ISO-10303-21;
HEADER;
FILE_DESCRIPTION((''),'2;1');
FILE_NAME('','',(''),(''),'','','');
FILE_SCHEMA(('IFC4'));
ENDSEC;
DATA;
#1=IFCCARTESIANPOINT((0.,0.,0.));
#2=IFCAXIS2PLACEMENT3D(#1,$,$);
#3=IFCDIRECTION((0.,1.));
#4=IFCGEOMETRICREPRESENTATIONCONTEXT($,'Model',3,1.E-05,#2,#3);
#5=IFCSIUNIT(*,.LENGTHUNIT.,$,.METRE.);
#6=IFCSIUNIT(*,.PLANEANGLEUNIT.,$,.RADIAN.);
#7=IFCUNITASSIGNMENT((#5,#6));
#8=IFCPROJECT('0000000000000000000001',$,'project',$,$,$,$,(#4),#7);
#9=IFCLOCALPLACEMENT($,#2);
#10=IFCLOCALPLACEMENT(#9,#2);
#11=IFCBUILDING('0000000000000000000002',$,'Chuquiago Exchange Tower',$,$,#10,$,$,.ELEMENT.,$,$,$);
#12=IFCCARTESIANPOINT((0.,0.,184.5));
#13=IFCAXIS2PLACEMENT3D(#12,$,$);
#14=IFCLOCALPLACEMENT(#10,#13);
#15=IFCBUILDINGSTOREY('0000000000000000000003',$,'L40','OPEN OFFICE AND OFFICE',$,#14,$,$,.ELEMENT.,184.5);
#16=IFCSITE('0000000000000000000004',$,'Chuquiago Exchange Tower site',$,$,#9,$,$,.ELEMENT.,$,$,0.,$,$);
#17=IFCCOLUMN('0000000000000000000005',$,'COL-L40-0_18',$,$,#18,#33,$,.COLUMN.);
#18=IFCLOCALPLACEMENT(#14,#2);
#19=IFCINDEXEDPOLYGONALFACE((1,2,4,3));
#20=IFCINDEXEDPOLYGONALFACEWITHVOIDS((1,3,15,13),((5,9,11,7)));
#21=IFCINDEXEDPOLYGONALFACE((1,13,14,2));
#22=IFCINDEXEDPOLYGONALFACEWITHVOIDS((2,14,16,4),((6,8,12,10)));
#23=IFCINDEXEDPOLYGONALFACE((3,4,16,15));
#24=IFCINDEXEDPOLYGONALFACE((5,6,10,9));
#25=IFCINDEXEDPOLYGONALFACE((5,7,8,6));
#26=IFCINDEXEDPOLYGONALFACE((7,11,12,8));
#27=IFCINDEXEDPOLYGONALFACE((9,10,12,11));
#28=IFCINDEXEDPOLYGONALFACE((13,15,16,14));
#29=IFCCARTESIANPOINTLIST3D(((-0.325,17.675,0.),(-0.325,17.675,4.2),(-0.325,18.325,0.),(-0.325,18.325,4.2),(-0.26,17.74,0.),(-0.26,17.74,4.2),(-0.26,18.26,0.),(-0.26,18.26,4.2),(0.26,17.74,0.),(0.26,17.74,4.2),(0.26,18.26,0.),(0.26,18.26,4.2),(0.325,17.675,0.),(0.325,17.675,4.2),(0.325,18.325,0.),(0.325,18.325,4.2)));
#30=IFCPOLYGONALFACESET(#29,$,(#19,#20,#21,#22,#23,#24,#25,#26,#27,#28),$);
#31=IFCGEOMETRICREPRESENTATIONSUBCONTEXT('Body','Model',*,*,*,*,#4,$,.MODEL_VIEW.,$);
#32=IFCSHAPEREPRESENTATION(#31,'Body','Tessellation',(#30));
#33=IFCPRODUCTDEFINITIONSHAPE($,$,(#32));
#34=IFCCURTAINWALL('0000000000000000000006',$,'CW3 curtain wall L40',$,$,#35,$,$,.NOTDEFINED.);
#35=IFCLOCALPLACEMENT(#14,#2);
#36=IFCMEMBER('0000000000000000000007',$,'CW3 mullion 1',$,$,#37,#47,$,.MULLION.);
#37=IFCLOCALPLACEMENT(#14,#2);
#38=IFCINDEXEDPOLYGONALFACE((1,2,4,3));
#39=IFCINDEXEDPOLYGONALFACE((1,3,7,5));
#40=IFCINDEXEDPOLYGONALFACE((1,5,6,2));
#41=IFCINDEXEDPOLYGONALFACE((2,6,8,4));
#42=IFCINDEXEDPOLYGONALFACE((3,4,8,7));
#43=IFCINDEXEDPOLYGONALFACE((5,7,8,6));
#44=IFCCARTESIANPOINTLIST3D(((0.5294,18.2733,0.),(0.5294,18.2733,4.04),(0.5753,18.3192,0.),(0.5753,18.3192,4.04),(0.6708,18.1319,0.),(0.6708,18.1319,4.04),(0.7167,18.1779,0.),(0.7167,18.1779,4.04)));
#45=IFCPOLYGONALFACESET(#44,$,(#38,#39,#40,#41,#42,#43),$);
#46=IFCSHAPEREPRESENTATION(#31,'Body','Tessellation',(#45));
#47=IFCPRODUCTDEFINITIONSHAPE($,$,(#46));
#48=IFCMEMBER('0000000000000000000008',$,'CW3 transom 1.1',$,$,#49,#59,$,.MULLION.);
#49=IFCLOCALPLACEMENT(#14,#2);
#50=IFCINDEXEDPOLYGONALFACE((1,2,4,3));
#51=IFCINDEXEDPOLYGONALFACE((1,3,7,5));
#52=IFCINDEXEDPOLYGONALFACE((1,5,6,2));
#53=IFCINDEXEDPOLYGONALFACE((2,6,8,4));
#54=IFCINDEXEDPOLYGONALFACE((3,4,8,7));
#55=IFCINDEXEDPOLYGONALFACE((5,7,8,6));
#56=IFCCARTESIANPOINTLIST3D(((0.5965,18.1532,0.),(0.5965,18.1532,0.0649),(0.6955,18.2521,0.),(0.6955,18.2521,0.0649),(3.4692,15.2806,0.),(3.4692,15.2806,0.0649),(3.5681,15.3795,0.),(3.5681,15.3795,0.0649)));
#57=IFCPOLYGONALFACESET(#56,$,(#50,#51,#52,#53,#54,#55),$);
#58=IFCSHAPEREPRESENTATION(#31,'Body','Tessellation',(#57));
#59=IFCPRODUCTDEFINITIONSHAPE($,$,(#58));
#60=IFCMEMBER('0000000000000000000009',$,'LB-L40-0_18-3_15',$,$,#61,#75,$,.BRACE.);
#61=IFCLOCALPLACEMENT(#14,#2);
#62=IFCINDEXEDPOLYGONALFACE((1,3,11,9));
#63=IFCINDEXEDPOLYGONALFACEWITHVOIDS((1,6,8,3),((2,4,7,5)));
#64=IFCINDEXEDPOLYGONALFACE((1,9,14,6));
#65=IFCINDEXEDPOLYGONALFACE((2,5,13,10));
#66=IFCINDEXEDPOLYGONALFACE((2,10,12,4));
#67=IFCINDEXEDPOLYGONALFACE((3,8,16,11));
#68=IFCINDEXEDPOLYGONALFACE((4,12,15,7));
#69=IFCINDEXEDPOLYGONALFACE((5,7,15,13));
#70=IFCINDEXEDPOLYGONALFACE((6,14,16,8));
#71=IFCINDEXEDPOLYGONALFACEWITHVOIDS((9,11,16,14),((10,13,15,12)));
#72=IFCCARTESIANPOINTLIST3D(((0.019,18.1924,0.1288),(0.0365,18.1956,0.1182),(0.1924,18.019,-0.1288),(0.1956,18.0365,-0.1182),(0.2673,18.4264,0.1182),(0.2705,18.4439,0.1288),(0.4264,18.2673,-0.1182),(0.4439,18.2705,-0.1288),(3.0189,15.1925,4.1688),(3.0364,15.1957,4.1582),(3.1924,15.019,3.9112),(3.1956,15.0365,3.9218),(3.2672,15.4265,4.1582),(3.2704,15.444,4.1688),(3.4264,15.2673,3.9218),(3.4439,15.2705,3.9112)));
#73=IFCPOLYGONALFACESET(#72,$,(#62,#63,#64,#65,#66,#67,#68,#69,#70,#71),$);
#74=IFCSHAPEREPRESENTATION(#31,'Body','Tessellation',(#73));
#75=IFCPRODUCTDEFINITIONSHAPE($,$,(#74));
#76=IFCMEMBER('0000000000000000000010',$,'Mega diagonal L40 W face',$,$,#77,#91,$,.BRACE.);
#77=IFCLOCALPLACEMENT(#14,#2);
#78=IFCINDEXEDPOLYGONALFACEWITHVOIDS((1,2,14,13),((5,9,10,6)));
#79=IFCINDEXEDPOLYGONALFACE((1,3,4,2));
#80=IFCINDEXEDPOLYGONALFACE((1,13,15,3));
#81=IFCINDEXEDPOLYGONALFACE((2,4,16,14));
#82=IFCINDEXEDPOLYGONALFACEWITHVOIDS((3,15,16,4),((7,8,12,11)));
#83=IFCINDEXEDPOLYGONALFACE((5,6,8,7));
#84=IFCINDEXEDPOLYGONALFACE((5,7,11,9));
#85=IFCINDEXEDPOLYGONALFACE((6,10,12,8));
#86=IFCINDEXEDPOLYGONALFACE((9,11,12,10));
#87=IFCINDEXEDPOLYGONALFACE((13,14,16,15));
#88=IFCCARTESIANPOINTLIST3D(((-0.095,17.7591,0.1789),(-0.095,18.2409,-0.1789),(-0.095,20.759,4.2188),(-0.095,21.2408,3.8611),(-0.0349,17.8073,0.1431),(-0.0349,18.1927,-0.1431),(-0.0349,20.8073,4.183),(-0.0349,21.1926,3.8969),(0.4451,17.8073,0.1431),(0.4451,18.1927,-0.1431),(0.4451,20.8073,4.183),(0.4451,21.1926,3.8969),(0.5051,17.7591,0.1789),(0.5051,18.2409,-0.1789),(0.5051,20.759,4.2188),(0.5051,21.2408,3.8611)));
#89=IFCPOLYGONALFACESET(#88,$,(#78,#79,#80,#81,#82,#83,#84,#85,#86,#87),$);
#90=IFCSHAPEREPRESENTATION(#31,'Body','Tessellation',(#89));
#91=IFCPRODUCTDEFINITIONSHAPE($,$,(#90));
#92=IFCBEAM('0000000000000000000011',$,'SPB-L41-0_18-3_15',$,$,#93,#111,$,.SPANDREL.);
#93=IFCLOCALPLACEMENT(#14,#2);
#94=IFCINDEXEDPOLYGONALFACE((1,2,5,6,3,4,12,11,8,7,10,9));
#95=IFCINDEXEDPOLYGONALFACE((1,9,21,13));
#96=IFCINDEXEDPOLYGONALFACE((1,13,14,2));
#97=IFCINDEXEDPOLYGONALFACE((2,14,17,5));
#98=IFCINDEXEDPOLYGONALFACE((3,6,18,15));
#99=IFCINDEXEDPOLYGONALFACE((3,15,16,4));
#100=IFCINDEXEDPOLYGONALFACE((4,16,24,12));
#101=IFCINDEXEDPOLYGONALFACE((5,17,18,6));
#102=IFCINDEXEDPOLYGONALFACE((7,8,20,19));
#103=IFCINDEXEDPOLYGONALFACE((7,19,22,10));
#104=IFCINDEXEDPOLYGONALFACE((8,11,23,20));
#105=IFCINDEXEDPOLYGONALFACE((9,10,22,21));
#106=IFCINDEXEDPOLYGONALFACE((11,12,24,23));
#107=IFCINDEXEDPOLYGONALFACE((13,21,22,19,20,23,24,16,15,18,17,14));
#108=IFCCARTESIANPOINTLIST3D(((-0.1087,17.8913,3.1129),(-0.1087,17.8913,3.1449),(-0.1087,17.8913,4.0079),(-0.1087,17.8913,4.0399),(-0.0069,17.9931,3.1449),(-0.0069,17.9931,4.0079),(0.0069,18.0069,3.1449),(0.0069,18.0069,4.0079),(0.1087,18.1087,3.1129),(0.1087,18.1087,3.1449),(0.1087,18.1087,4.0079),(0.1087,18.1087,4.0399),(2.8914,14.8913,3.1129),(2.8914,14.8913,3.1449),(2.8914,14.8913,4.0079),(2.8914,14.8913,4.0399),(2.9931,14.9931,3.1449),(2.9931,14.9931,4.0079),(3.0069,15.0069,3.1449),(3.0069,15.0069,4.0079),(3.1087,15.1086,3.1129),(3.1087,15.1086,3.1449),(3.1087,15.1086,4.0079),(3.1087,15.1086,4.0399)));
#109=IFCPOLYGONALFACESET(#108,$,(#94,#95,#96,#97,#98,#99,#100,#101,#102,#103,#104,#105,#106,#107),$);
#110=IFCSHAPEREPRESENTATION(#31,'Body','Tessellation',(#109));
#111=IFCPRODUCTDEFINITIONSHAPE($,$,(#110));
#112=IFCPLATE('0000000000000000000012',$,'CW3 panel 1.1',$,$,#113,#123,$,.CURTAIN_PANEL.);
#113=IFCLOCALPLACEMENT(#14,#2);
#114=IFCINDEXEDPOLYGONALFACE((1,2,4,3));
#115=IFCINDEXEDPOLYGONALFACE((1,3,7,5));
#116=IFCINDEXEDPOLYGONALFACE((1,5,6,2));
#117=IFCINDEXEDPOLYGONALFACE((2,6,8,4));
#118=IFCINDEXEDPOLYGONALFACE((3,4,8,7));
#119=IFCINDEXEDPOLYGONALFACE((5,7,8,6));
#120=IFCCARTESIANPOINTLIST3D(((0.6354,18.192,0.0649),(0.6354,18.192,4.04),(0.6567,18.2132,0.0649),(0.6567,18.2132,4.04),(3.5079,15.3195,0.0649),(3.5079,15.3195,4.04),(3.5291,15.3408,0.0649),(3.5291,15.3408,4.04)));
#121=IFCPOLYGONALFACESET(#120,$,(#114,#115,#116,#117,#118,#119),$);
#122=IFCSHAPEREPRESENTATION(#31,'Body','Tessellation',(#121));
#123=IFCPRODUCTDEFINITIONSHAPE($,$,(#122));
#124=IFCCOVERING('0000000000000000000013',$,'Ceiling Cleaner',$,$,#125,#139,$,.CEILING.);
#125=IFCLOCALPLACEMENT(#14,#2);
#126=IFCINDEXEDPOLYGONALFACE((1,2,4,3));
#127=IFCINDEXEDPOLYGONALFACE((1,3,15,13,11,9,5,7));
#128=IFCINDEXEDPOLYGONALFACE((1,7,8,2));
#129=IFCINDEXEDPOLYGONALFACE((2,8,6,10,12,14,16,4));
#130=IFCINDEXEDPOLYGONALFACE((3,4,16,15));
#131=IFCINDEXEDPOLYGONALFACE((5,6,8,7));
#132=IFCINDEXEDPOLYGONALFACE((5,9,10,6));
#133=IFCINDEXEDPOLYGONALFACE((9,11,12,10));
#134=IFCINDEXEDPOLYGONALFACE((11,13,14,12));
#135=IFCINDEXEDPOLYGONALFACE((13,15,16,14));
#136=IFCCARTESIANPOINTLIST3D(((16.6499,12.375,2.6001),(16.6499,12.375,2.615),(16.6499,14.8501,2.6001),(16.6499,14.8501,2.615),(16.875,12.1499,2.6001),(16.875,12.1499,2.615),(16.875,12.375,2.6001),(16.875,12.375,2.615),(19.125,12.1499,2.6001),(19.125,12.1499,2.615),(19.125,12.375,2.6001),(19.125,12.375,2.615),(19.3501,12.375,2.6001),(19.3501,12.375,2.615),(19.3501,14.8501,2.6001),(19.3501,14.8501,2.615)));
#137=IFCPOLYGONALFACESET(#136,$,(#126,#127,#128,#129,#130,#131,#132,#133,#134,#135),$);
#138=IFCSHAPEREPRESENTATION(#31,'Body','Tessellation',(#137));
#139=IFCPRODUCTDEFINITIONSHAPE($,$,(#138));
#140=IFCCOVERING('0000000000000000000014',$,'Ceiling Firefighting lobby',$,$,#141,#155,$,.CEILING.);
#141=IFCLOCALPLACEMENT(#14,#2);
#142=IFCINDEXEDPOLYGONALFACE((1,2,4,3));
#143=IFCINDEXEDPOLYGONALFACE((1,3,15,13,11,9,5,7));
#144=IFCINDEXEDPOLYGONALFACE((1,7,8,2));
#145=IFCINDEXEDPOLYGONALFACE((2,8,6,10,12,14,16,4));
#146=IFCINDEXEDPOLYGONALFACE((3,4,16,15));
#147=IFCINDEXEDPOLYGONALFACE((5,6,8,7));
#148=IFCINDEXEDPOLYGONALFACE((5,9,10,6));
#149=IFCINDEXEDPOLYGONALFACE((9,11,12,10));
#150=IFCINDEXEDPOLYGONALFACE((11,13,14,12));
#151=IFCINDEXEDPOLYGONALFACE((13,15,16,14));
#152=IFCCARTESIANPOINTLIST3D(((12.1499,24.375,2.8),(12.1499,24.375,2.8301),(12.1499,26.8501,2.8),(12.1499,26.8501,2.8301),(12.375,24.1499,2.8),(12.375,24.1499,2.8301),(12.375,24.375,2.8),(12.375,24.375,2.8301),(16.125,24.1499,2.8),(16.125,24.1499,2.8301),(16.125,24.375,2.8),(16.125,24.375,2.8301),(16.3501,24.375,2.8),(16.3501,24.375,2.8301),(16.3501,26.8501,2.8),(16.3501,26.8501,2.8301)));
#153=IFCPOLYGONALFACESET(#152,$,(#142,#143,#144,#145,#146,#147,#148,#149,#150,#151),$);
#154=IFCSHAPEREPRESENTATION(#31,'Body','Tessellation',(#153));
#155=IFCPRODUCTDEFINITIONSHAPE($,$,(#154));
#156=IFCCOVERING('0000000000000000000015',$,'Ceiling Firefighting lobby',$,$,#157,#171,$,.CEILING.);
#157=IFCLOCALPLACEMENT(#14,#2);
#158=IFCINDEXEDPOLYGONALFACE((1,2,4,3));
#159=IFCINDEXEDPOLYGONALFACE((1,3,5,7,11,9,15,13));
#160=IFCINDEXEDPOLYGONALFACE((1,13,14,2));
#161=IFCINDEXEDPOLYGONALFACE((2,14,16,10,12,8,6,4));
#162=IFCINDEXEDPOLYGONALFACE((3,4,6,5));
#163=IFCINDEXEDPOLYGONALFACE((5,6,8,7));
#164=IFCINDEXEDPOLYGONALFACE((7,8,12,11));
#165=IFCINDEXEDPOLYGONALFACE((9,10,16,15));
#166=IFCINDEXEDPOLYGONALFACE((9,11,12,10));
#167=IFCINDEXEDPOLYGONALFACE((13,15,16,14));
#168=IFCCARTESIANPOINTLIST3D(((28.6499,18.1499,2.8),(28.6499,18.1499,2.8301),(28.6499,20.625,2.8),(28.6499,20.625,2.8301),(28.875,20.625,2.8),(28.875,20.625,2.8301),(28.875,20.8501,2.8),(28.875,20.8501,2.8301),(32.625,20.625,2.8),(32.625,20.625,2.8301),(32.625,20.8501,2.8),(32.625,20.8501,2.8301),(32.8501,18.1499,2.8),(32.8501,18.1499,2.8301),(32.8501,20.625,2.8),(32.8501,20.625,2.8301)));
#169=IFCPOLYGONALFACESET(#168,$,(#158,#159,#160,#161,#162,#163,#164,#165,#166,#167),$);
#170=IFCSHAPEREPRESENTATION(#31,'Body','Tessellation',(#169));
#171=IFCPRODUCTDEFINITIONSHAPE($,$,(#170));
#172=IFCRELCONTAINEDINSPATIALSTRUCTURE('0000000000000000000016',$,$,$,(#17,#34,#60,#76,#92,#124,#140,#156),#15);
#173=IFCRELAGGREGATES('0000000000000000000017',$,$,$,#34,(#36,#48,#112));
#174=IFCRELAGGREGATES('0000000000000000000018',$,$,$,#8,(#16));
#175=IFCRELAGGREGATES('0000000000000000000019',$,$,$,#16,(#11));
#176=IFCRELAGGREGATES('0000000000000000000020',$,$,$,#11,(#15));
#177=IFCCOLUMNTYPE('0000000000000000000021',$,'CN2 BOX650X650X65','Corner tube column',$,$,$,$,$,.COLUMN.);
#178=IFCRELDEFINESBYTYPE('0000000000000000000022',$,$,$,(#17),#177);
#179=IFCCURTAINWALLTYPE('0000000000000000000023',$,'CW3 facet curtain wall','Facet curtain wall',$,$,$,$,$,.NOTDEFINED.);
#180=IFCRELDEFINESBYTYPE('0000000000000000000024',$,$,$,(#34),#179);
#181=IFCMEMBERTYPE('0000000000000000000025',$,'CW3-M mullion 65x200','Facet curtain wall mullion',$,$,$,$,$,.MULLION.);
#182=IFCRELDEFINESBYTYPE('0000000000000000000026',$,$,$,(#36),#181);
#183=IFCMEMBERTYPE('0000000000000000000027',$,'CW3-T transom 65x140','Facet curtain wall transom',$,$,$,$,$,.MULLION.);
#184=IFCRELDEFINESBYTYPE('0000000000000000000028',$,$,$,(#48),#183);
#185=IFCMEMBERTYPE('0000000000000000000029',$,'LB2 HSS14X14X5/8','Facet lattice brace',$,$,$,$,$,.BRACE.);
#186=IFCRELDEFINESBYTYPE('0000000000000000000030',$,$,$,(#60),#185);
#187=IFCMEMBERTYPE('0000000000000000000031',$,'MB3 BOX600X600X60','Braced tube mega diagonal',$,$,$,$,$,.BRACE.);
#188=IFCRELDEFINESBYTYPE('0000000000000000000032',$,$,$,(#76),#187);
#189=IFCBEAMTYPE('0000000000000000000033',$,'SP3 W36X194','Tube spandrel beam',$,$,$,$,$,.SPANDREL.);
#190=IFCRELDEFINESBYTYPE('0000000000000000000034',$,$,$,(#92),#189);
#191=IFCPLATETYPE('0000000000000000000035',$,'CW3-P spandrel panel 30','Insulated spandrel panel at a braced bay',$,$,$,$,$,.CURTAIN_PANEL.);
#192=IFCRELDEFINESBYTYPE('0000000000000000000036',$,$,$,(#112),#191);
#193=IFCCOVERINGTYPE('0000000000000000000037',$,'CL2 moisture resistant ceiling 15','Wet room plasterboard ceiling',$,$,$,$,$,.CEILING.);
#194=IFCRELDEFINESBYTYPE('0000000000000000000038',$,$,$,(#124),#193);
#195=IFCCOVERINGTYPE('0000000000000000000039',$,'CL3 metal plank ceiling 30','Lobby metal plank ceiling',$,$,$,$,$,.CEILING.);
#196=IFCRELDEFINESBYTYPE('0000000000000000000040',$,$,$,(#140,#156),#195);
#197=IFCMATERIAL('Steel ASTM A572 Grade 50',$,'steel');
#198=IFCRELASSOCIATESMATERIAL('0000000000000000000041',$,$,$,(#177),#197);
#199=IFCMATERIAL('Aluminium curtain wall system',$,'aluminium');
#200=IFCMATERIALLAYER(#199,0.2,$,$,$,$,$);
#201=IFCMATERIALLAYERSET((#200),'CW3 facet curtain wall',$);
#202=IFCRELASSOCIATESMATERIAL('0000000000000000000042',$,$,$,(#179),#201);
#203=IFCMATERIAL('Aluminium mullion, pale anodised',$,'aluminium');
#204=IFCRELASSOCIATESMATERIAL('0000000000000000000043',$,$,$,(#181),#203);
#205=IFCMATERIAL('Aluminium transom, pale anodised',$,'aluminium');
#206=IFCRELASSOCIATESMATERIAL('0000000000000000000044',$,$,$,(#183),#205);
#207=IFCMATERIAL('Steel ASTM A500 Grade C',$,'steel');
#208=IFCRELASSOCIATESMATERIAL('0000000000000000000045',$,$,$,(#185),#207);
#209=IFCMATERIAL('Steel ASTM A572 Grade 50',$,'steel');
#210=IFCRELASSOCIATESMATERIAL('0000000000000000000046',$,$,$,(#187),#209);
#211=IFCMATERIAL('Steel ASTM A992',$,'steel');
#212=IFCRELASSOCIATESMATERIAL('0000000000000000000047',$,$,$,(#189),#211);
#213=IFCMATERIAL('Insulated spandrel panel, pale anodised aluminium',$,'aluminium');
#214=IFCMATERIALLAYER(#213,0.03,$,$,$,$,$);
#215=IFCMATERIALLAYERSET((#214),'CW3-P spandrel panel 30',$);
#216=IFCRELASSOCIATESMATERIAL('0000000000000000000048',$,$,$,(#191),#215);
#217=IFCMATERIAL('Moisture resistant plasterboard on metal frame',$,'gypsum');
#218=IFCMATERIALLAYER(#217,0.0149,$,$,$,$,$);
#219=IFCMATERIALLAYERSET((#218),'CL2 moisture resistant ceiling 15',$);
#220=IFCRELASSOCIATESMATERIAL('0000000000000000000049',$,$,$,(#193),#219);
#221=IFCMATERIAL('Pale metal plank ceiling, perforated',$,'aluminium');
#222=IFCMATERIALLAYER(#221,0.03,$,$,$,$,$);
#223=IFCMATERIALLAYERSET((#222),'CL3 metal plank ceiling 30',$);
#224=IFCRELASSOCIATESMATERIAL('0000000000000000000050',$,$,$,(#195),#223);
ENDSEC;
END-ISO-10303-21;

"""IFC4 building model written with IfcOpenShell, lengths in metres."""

from ifc_helpers import new_model, si_unit, direction, frame, origin, origin_2d, place, context, subcontext, project, spatial, polyline, rectangle, hollow_rectangle, i_section, outline, extrude, material, layer, layer_set, material_profile, profile_set, type_object, element, aggregate, save


model = new_model("IFC4")

# Units and contexts
model_context = context("Model", 3, precision=1e-05, world=origin(), true_north=direction((0.0, 1.0)))
body_context = subcontext(model_context, "Body", "Model", "MODEL_VIEW")
ifc_project = project(units=[si_unit("LENGTHUNIT", "METRE"), si_unit("PLANEANGLEUNIT", "RADIAN")], contexts=[model_context])

# Site, building, storey
site_placement = place(None, origin())
site = spatial("IfcSite", under=ifc_project, at=site_placement, Name="Chuquiago Exchange Tower site", CompositionType="ELEMENT", RefElevation=0.0)
building_placement = place(site_placement, origin())
building = spatial("IfcBuilding", under=site, at=building_placement, Name="Chuquiago Exchange Tower", CompositionType="ELEMENT")
storey_placement = place(building_placement, frame((0.0, 0.0, 184.5)))
storey = spatial("IfcBuildingStorey", under=building, at=storey_placement, Name="L40", Description="OPEN OFFICE AND OFFICE", CompositionType="ELEMENT", Elevation=184.5)

# Column
ifc_material_1 = material(Name="Steel ASTM A572 Grade 50", Category="steel")
ifc_material_profile_1 = material_profile(ifc_material_1, hollow_rectangle(XDim=0.6499, YDim=0.6499, WallThickness=0.0649, at=origin_2d()), Name="BOX650X650X65")
ifc_profile_set_1 = profile_set([ifc_material_profile_1], Name="Steel ASTM A572 Grade 50")
column_type = type_object("IfcColumnType", Name="CN2 BOX650X650X65", Description="Corner tube column", PredefinedType="COLUMN", material=ifc_profile_set_1)
column_placement = place(storey_placement, frame((0.0, 18.0, 0.0), z_axis=(0.0, 0.0, 1.0), x_axis=(-1.0, 0.0, 0.0)))
element("IfcColumn", 1, at=column_placement, inside=storey, type_object=column_type, Name="COL-L40-0_18", PredefinedType="COLUMN", context=body_context, shape_type="SweptSolid", body=[
    extrude(hollow_rectangle(XDim=0.6499, YDim=0.6499, WallThickness=0.0649, at=origin_2d()), origin(), (0.0, 0.0, 1.0), 4.2),
])

# Curtain wall, members
ifc_material_2 = material(Name="Aluminium curtain wall system", Category="aluminium")
ifc_layer_1 = layer(ifc_material_2, 0.2)
ifc_layer_set_1 = layer_set([ifc_layer_1], Name="CW3 facet curtain wall")
curtain_wall_type = type_object("IfcCurtainWallType", Name="CW3 facet curtain wall", Description="Facet curtain wall", PredefinedType="NOTDEFINED", material=ifc_layer_set_1)
curtain_wall_placement = place(storey_placement, origin())
curtain_wall = element("IfcCurtainWall", 2, at=curtain_wall_placement, inside=storey, type_object=curtain_wall_type, Name="CW3 curtain wall L40", PredefinedType="NOTDEFINED")
ifc_material_3 = material(Name="Aluminium mullion, pale anodised", Category="aluminium")
ifc_material_profile_2 = material_profile(ifc_material_3, rectangle(XDim=0.0649, YDim=0.2, at=origin_2d()), Name="AL 65x200")
ifc_profile_set_2 = profile_set([ifc_material_profile_2], Name="Aluminium mullion, pale anodised")
member_type_1 = type_object("IfcMemberType", Name="CW3-M mullion 65x200", Description="Facet curtain wall mullion", PredefinedType="MULLION", material=ifc_profile_set_2)
member_1_placement = place(storey_placement, frame((0.623, 18.2256, 0.0), z_axis=(0.0, 0.0, 1.0), x_axis=(0.707107, 0.707107, 0.0)))
member_1 = element("IfcMember", 3, at=member_1_placement, type_object=member_type_1, Name="CW3 mullion 1", PredefinedType="MULLION", context=body_context, shape_type="SweptSolid", body=[
    extrude(rectangle(XDim=0.0649, YDim=0.2, at=origin_2d()), origin(), (0.0, 0.0, 1.0), 4.04),
])
ifc_material_4 = material(Name="Aluminium transom, pale anodised", Category="aluminium")
ifc_material_profile_3 = material_profile(ifc_material_4, rectangle(XDim=0.1399, YDim=0.0649, at=origin_2d()), Name="AL 140x65")
ifc_profile_set_3 = profile_set([ifc_material_profile_3], Name="Aluminium transom, pale anodised")
member_type_2 = type_object("IfcMemberType", Name="CW3-T transom 65x140", Description="Facet curtain wall transom", PredefinedType="MULLION", material=ifc_profile_set_3)
member_2_placement = place(storey_placement, frame((0.646, 18.2026, 0.0325), z_axis=(0.707107, -0.707107, 0.0), x_axis=(0.707107, 0.707107, 0.0)))
member_2 = element("IfcMember", 4, at=member_2_placement, type_object=member_type_2, Name="CW3 transom 1.1", PredefinedType="MULLION", context=body_context, shape_type="SweptSolid", body=[
    extrude(rectangle(XDim=0.1399, YDim=0.0649, at=origin_2d()), origin(), (0.0, 0.0, 1.0), 4.0625),
])

# Members
ifc_material_5 = material(Name="Steel ASTM A500 Grade C", Category="steel")
ifc_material_profile_4 = material_profile(ifc_material_5, hollow_rectangle(XDim=0.3557, YDim=0.3557, WallThickness=0.0146, at=origin_2d()), Name="HSS14X14X5/8")
ifc_profile_set_4 = profile_set([ifc_material_profile_4], Name="Steel ASTM A500 Grade C")
member_type_3 = type_object("IfcMemberType", Name="LB2 HSS14X14X5/8", Description="Facet lattice brace", PredefinedType="BRACE", material=ifc_profile_set_4)
member_3_placement = place(storey_placement, frame((0.2314, 18.2314, 0.0), z_axis=(0.512077, -0.512077, 0.689604), x_axis=(0.707107, 0.707107, 0.0)))
element("IfcMember", 5, at=member_3_placement, inside=storey, type_object=member_type_3, Name="LB-L40-0_18-3_15", PredefinedType="BRACE", context=body_context, shape_type="SweptSolid", body=[
    extrude(hollow_rectangle(XDim=0.3557, YDim=0.3557, WallThickness=0.0146, at=origin_2d()), origin(), (0.0, 0.0, 1.0), 5.8584),
])
ifc_material_6 = material(Name="Steel ASTM A572 Grade 50", Category="steel")
ifc_material_profile_5 = material_profile(ifc_material_6, hollow_rectangle(XDim=0.6001, YDim=0.6001, WallThickness=0.0601, at=origin_2d()), Name="BOX600X600X60")
ifc_profile_set_5 = profile_set([ifc_material_profile_5], Name="Steel ASTM A572 Grade 50")
member_type_4 = type_object("IfcMemberType", Name="MB3 BOX600X600X60", Description="Braced tube mega diagonal", PredefinedType="BRACE", material=ifc_profile_set_5)
member_4_placement = place(storey_placement, frame((0.2051, 18.0, 0.0), z_axis=(0.0, 0.596174, 0.802855), x_axis=(-1.0, 0.0, 0.0)))
element("IfcMember", 6, at=member_4_placement, inside=storey, type_object=member_type_4, Name="Mega diagonal L40 W face", PredefinedType="BRACE", context=body_context, shape_type="SweptSolid", body=[
    extrude(hollow_rectangle(XDim=0.6001, YDim=0.6001, WallThickness=0.0601, at=origin_2d()), origin(), (0.0, 0.0, 1.0), 5.032),
])

# Beam
ifc_material_7 = material(Name="Steel ASTM A992", Category="steel")
ifc_material_profile_6 = material_profile(ifc_material_7, i_section(OverallWidth=0.3074, OverallDepth=0.927, WebThickness=0.0195, FlangeThickness=0.032, at=origin_2d()), Name="W36X194")
ifc_profile_set_6 = profile_set([ifc_material_profile_6], Name="Steel ASTM A992")
beam_type = type_object("IfcBeamType", Name="SP3 W36X194", Description="Tube spandrel beam", PredefinedType="SPANDREL", material=ifc_profile_set_6)
beam_placement = place(storey_placement, frame((0.0, 18.0, 3.5764), z_axis=(0.707107, -0.707107, 0.0), x_axis=(0.707107, 0.707107, 0.0)))
element("IfcBeam", 7, at=beam_placement, inside=storey, type_object=beam_type, Name="SPB-L41-0_18-3_15", PredefinedType="SPANDREL", context=body_context, shape_type="SweptSolid", body=[
    extrude(i_section(OverallWidth=0.3074, OverallDepth=0.927, WebThickness=0.0195, FlangeThickness=0.032, at=origin_2d()), origin(), (0.0, 0.0, 1.0), 4.2427),
])

# Plate
ifc_material_8 = material(Name="Insulated spandrel panel, pale anodised aluminium", Category="aluminium")
ifc_layer_2 = layer(ifc_material_8, 0.03)
ifc_layer_set_2 = layer_set([ifc_layer_2], Name="CW3-P spandrel panel 30")
plate_type = type_object("IfcPlateType", Name="CW3-P spandrel panel 30", Description="Insulated spandrel panel at a braced bay", PredefinedType="CURTAIN_PANEL", material=ifc_layer_set_2)
plate_placement = place(storey_placement, frame((2.0823, 16.7664, 0.0649), z_axis=(0.0, 0.0, 1.0), x_axis=(0.707107, -0.707107, 0.0)))
plate = element("IfcPlate", 8, at=plate_placement, type_object=plate_type, Name="CW3 panel 1.1", PredefinedType="CURTAIN_PANEL", context=body_context, shape_type="SweptSolid", body=[
    extrude(rectangle(XDim=4.0623, YDim=0.03, at=origin_2d()), origin(), (0.0, 0.0, 1.0), 3.9751),
])
aggregate(curtain_wall, [member_1, member_2, plate])

# Coverings
ifc_material_9 = material(Name="Moisture resistant plasterboard on metal frame", Category="gypsum")
ifc_layer_3 = layer(ifc_material_9, 0.0149)
ifc_layer_set_3 = layer_set([ifc_layer_3], Name="CL2 moisture resistant ceiling 15")
covering_type_1 = type_object("IfcCoveringType", Name="CL2 moisture resistant ceiling 15", Description="Wet room plasterboard ceiling", PredefinedType="CEILING", material=ifc_layer_set_3)
covering_1_placement = place(storey_placement, frame((0.0, 0.0, 2.6001)))
element("IfcCovering", 9, at=covering_1_placement, inside=storey, type_object=covering_type_1, Name="Ceiling Cleaner", PredefinedType="CEILING", context=body_context, shape_type="SweptSolid", body=[
    extrude(outline(polyline([(16.875, 12.1499), (16.875, 12.375), (16.6499, 12.375), (16.6499, 14.8501), (19.3501, 14.8501), (19.3501, 12.375), (19.125, 12.375), (19.125, 12.1499), (16.875, 12.1499)])), origin(), (0.0, 0.0, 1.0), 0.0149),
])
ifc_material_10 = material(Name="Pale metal plank ceiling, perforated", Category="aluminium")
ifc_layer_4 = layer(ifc_material_10, 0.03)
ifc_layer_set_4 = layer_set([ifc_layer_4], Name="CL3 metal plank ceiling 30")
covering_type_2 = type_object("IfcCoveringType", Name="CL3 metal plank ceiling 30", Description="Lobby metal plank ceiling", PredefinedType="CEILING", material=ifc_layer_set_4)
covering_2_placement = place(storey_placement, frame((0.0, 0.0, 2.8)))
element("IfcCovering", 10, at=covering_2_placement, inside=storey, type_object=covering_type_2, Name="Ceiling Firefighting lobby", PredefinedType="CEILING", context=body_context, shape_type="SweptSolid", body=[
    extrude(outline(polyline([(12.375, 24.1499), (12.375, 24.375), (12.1499, 24.375), (12.1499, 26.8501), (16.3501, 26.8501), (16.3501, 24.375), (16.125, 24.375), (16.125, 24.1499), (12.375, 24.1499)])), origin(), (0.0, 0.0, 1.0), 0.03),
])
covering_3_placement = place(storey_placement, frame((0.0, 0.0, 2.8)))
element("IfcCovering", 11, at=covering_3_placement, inside=storey, type_object=covering_type_2, Name="Ceiling Firefighting lobby", PredefinedType="CEILING", context=body_context, shape_type="SweptSolid", body=[
    extrude(outline(polyline([(28.6499, 18.1499), (28.6499, 20.625), (28.875, 20.625), (28.875, 20.8501), (32.625, 20.8501), (32.625, 20.625), (32.8501, 20.625), (32.8501, 18.1499), (28.6499, 18.1499)])), origin(), (0.0, 0.0, 1.0), 0.03),
])

save(model, "model.ifc")
